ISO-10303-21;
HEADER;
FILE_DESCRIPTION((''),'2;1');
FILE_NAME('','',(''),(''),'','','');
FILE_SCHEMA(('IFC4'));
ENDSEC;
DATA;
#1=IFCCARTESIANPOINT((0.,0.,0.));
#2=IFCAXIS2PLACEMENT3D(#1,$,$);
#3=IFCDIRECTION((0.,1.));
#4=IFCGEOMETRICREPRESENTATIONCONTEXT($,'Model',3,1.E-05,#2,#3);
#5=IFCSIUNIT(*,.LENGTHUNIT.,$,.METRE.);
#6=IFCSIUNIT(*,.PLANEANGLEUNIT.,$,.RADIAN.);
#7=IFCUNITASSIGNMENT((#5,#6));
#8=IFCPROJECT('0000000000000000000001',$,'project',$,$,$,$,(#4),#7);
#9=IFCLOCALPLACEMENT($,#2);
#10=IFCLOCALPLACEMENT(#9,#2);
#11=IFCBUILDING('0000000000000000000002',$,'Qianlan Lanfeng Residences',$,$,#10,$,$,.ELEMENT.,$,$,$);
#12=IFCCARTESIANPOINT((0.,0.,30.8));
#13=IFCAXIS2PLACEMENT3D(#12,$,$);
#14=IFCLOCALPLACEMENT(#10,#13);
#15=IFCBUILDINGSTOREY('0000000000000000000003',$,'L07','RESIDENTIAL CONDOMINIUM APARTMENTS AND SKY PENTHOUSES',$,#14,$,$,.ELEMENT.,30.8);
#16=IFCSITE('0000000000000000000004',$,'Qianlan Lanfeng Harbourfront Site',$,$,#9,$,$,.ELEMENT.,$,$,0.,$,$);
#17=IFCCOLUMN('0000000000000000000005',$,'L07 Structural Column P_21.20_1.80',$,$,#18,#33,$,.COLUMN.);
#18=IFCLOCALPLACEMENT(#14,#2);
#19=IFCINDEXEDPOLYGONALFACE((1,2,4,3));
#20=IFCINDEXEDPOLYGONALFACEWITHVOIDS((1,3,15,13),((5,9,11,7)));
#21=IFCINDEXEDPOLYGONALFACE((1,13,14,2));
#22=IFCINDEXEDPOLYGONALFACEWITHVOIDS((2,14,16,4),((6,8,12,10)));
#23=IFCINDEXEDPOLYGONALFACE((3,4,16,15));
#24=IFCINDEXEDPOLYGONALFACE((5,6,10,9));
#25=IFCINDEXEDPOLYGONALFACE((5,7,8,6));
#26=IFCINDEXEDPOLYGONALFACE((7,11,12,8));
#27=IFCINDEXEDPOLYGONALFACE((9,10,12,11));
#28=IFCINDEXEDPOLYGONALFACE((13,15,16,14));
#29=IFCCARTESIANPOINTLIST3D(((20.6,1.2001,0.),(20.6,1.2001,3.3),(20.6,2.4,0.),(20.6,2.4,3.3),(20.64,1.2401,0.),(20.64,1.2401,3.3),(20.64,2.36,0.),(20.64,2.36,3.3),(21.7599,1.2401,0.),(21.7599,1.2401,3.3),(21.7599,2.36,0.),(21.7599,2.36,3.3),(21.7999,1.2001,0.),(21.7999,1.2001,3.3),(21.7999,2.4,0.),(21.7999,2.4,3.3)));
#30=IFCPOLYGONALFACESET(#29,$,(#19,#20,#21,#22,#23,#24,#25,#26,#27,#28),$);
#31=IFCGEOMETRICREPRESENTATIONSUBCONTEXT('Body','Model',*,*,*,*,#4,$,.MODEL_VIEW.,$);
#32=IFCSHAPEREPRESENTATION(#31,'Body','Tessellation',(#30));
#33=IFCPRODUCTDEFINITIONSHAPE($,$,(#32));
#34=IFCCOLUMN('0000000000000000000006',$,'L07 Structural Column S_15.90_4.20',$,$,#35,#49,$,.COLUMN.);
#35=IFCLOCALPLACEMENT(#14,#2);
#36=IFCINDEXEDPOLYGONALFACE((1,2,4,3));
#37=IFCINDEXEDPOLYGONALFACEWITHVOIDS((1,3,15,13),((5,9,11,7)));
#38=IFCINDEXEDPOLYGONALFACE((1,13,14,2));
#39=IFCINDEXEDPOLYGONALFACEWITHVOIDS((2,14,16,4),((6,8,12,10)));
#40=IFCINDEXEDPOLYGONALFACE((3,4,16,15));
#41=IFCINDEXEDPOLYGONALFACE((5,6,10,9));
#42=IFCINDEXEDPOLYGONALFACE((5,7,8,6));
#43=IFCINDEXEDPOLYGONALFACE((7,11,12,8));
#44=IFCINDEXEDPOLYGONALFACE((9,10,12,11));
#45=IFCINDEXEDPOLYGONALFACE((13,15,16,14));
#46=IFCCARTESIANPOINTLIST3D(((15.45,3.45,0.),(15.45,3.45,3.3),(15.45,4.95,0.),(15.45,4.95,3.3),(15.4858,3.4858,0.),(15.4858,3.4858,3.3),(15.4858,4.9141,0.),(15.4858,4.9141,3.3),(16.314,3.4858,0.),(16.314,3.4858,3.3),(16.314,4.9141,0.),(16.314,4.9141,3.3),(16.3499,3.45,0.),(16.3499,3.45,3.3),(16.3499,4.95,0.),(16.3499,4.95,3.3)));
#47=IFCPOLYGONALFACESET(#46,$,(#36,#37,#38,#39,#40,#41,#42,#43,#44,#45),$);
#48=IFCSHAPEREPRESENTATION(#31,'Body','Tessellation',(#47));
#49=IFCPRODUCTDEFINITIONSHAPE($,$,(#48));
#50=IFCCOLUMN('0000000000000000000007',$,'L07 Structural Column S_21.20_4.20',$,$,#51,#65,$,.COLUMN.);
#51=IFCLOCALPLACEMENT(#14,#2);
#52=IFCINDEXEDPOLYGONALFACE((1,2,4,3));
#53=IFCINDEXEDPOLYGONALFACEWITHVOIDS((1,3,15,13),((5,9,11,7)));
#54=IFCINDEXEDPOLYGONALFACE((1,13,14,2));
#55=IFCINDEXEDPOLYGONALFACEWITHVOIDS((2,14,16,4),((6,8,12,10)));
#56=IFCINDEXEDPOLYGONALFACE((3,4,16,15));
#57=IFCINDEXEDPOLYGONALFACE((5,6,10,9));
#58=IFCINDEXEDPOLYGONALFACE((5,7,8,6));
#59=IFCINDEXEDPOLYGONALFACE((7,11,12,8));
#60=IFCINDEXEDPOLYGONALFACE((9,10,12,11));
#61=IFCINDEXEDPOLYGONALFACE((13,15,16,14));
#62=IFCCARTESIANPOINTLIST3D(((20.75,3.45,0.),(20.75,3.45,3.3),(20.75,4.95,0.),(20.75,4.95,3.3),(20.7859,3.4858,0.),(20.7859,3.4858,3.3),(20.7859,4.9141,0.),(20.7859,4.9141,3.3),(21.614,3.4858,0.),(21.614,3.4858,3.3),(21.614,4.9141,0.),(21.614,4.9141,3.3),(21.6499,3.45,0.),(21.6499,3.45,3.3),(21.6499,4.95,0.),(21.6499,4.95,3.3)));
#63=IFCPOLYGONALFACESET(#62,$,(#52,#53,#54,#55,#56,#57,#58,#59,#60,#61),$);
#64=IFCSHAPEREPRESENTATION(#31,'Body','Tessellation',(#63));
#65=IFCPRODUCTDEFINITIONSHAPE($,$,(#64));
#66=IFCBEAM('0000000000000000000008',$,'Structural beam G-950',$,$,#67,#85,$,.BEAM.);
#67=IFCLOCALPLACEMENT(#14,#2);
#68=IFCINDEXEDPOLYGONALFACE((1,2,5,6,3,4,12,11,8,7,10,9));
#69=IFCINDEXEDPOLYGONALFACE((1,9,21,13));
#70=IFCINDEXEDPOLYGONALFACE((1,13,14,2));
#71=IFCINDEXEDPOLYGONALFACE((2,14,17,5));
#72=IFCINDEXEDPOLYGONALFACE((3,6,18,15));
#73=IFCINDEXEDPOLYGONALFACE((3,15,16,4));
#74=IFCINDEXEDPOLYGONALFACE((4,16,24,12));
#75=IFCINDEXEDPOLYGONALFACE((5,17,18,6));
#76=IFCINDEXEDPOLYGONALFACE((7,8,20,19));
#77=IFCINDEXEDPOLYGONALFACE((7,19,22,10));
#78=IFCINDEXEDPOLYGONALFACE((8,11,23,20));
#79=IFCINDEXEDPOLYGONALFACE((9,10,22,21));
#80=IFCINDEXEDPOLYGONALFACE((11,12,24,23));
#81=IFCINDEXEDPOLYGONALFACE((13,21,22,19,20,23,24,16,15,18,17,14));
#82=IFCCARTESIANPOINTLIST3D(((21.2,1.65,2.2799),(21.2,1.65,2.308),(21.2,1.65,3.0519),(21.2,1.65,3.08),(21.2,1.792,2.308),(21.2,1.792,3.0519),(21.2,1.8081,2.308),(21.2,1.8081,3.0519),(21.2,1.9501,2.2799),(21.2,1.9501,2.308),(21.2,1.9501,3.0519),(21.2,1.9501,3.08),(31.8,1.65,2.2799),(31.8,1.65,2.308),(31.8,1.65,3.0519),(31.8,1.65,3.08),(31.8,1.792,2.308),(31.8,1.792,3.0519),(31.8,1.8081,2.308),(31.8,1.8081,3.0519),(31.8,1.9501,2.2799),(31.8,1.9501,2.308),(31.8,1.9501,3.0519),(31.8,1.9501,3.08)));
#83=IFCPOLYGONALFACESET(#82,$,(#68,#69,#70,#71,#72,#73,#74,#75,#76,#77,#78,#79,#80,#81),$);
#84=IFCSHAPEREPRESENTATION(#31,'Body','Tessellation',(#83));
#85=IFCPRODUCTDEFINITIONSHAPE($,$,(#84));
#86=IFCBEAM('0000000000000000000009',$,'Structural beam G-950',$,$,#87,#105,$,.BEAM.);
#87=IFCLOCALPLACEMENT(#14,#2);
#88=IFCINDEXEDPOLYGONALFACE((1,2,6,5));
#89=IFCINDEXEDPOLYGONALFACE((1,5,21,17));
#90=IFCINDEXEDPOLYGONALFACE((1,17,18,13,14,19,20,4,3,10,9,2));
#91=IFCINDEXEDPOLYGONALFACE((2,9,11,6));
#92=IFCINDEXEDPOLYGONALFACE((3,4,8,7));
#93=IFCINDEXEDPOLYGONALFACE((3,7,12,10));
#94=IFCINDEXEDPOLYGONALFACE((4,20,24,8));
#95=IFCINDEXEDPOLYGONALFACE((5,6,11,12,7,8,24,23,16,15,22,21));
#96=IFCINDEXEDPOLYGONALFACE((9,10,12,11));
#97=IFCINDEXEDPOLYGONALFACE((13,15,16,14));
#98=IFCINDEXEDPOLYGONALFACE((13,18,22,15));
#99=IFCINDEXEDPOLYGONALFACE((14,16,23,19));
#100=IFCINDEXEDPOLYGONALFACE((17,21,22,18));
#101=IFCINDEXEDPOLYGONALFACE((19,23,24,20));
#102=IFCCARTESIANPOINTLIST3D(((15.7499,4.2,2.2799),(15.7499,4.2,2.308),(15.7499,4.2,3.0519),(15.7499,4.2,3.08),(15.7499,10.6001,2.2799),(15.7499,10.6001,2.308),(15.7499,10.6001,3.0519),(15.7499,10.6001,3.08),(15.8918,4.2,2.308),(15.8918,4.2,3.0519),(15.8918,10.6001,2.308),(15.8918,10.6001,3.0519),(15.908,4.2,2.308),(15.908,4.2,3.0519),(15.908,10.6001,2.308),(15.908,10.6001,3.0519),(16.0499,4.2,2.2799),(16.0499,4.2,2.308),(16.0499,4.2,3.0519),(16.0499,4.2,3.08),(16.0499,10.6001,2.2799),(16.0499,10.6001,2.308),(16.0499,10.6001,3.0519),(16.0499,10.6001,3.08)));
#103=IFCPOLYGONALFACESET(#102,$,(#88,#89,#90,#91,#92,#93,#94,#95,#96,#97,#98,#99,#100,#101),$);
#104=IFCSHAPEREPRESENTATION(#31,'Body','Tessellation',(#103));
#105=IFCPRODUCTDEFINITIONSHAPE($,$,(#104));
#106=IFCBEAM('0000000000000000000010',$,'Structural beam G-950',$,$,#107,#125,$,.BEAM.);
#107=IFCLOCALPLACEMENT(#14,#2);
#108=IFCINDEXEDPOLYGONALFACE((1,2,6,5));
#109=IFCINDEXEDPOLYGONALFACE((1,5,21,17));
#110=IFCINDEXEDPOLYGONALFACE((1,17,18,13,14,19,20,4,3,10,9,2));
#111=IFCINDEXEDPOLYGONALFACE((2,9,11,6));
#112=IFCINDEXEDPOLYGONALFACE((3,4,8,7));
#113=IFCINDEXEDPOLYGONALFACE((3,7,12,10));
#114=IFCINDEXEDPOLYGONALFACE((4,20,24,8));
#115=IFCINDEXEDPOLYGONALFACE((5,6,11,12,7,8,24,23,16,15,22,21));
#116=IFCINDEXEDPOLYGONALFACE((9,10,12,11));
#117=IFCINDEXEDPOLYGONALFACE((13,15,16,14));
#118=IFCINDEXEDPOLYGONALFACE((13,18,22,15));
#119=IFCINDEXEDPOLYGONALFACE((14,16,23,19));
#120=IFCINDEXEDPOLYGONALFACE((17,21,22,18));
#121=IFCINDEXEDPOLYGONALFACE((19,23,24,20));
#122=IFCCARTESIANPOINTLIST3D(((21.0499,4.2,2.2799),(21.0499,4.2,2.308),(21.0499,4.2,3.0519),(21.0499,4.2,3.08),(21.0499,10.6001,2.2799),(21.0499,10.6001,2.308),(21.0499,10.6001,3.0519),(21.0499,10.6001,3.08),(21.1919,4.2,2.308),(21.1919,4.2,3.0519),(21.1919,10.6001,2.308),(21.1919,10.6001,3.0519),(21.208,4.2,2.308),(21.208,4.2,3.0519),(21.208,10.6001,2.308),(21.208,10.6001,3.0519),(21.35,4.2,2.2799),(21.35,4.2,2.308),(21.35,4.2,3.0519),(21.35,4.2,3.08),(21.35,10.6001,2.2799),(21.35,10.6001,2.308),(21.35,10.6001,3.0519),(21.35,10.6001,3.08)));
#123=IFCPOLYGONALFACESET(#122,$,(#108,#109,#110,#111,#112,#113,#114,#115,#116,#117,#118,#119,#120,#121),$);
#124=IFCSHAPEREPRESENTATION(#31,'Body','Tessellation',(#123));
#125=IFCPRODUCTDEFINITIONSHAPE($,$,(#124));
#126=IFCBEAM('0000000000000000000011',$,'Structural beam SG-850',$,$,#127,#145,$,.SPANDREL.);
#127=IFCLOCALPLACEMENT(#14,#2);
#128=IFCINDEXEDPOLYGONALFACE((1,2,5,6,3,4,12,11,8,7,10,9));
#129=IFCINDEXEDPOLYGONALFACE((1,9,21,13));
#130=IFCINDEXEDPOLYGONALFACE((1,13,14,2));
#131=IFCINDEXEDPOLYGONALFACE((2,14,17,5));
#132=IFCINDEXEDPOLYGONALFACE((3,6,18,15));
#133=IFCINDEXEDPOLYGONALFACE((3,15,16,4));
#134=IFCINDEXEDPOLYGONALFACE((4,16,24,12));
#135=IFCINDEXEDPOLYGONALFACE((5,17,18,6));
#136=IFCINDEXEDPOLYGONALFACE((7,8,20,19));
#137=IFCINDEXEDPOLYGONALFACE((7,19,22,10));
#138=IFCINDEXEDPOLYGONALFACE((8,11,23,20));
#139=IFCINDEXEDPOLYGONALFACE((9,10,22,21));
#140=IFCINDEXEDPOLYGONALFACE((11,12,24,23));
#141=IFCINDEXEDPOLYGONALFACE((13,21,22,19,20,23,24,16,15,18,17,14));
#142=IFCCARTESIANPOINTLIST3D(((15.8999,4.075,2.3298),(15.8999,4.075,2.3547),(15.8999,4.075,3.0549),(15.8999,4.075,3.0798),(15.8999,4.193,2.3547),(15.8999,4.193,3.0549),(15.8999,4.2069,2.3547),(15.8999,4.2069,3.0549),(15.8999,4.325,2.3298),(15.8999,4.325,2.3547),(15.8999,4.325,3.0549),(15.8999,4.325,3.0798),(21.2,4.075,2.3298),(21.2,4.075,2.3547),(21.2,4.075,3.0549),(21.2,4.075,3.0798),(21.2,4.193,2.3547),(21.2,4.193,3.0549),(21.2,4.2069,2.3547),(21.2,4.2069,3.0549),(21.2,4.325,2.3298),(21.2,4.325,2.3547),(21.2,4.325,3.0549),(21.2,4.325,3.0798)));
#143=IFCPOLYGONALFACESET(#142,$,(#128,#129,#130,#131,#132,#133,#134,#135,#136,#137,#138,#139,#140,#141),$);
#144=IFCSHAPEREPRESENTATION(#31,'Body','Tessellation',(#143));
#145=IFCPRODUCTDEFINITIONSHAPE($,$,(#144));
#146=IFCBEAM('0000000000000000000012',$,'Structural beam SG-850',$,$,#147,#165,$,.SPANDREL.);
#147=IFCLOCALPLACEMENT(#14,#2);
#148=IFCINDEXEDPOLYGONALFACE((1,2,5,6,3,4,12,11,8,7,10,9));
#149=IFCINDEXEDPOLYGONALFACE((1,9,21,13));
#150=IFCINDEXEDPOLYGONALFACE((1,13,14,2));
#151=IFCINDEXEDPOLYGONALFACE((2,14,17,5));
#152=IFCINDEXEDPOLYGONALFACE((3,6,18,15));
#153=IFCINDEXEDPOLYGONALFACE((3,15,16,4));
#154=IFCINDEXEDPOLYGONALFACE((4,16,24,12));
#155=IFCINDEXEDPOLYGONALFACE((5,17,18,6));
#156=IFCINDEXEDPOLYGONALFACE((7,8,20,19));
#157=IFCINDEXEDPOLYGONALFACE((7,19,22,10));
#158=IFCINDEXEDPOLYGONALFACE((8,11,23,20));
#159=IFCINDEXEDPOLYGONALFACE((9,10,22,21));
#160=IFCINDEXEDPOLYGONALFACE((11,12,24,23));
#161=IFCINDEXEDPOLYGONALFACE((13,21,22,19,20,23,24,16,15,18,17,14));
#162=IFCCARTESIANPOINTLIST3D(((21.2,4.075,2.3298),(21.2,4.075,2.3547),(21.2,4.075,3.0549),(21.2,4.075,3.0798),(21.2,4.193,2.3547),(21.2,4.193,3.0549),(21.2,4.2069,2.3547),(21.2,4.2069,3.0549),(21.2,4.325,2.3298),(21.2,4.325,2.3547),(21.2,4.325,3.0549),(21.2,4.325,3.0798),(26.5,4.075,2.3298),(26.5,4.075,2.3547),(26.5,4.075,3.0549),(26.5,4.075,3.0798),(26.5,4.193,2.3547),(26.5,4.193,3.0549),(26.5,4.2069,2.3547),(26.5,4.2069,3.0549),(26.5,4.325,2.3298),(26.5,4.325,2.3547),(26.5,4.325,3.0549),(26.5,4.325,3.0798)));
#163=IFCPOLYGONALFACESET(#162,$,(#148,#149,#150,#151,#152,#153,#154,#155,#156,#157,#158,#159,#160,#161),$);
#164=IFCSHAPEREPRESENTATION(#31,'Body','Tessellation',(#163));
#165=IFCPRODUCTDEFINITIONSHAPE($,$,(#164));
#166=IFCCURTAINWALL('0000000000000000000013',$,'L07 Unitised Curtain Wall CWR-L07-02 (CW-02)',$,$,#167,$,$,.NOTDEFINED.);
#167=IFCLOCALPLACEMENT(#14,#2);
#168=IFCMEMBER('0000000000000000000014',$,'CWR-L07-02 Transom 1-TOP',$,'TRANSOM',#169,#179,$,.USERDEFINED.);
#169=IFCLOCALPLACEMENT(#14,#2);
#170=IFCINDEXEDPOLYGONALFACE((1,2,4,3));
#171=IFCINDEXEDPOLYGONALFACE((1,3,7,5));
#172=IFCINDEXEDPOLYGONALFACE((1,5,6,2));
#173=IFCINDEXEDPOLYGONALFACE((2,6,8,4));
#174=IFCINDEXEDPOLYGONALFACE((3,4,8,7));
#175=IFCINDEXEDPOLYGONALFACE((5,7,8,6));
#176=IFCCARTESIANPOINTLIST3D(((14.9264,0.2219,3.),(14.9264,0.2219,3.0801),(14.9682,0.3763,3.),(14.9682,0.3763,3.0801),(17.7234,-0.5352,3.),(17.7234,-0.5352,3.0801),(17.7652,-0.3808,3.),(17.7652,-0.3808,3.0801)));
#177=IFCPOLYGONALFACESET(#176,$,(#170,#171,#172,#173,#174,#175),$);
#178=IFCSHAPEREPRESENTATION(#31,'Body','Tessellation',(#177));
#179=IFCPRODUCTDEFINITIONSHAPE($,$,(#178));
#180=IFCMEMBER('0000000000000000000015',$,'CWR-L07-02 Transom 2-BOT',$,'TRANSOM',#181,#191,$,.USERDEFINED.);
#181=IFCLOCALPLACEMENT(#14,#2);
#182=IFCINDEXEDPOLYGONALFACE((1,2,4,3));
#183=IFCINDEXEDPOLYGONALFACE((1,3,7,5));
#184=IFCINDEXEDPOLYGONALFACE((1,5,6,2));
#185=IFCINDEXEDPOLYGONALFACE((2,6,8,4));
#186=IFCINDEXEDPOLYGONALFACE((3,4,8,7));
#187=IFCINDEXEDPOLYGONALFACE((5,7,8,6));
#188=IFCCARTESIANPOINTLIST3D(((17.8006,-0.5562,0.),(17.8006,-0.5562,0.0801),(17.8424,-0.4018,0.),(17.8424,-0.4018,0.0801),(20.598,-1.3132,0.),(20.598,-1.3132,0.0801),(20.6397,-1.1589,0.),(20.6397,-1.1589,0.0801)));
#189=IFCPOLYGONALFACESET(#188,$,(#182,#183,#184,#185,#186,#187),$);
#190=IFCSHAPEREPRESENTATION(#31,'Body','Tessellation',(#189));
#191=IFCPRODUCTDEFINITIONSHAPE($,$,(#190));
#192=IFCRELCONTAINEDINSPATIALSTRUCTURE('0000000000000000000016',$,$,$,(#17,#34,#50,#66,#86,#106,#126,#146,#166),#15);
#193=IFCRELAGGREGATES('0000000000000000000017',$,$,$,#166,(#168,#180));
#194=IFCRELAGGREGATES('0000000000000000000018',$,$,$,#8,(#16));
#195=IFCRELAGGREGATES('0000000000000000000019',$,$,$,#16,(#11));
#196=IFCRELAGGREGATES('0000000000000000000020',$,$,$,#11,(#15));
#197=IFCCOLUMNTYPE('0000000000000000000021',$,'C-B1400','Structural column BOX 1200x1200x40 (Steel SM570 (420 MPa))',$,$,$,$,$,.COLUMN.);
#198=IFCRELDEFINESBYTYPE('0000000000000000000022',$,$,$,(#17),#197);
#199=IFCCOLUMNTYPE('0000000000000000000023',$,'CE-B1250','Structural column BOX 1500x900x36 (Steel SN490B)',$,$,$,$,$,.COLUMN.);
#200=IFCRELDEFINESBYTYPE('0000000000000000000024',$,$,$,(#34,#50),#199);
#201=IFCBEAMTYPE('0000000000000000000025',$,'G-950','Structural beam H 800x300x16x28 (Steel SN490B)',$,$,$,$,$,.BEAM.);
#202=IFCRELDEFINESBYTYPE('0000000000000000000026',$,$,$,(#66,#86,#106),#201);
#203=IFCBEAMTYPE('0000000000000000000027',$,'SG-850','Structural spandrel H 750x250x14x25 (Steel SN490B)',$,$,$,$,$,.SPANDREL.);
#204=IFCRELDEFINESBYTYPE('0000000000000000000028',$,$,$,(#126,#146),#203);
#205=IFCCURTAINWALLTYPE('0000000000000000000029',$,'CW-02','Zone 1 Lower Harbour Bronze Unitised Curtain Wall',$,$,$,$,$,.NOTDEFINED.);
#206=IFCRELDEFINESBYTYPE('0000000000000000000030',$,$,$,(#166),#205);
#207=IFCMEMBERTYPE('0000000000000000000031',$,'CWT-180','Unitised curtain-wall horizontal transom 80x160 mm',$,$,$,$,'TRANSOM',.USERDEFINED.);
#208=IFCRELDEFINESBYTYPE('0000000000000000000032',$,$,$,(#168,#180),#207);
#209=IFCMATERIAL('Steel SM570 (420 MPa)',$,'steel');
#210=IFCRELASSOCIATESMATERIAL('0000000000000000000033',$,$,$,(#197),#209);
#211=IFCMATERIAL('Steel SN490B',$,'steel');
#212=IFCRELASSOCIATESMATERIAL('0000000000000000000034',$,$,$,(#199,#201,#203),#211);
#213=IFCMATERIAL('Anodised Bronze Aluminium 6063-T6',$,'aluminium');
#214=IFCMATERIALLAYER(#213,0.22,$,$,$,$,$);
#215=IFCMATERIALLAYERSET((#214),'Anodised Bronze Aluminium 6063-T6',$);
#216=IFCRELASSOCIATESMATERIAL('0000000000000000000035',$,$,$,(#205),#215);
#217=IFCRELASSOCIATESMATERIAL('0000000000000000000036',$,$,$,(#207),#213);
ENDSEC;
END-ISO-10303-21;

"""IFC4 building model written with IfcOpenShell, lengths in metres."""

from ifc_helpers import new_model, si_unit, direction, frame, origin, origin_2d, place, context, subcontext, project, spatial, rectangle, hollow_rectangle, i_section, extrude, source, transform, mapped, material, layer, layer_set, material_profile, profile_set, type_object, element, aggregate, save


model = new_model("IFC4")

# Units and contexts
model_context = context("Model", 3, precision=1e-05, world=origin(), true_north=direction((0.0, 1.0)))
body_context = subcontext(model_context, "Body", "Model", "MODEL_VIEW")
ifc_project = project(units=[si_unit("LENGTHUNIT", "METRE"), si_unit("PLANEANGLEUNIT", "RADIAN")], contexts=[model_context])

# Site, building, storey
site_placement = place(None, origin())
site = spatial("IfcSite", under=ifc_project, at=site_placement, Name="Qianlan Lanfeng Harbourfront Site", CompositionType="ELEMENT", RefElevation=0.0)
building_placement = place(site_placement, origin())
building = spatial("IfcBuilding", under=site, at=building_placement, Name="Qianlan Lanfeng Residences", CompositionType="ELEMENT")
storey_placement = place(building_placement, frame((0.0, 0.0, 30.8)))
storey = spatial("IfcBuildingStorey", under=building, at=storey_placement, Name="L07", Description="RESIDENTIAL CONDOMINIUM APARTMENTS AND SKY PENTHOUSES", CompositionType="ELEMENT", Elevation=30.8)

# Columns
ifc_material_1 = material(Name="Steel SM570 (420 MPa)", Category="steel")
ifc_material_profile_1 = material_profile(ifc_material_1, hollow_rectangle(XDim=1.2, YDim=1.2, WallThickness=0.04, at=origin_2d()), Name="BOX 1200x1200x40")
ifc_profile_set_1 = profile_set([ifc_material_profile_1], Name="Steel SM570 (420 MPa)")
column_type_1 = type_object("IfcColumnType", Name="C-B1400", Description="Structural column BOX 1200x1200x40 (Steel SM570 (420 MPa))", PredefinedType="COLUMN", material=ifc_profile_set_1)
column_placement = place(storey_placement, frame((21.2, 1.8, 0.0), z_axis=(0.0, 0.0, 1.0), x_axis=(1.0, 0.0, 0.0)))
element("IfcColumn", 1, at=column_placement, inside=storey, type_object=column_type_1, Name="L07 Structural Column P_21.20_1.80", PredefinedType="COLUMN", context=body_context, shape_type="SweptSolid", body=[
    extrude(hollow_rectangle(XDim=1.2, YDim=1.2, WallThickness=0.04, at=origin_2d()), origin(), (0.0, 0.0, 1.0), 3.3),
])
ifc_material_2 = material(Name="Steel SN490B", Category="steel")
ifc_material_profile_2 = material_profile(ifc_material_2, hollow_rectangle(XDim=0.8999, YDim=1.5, WallThickness=0.0359, at=origin_2d()), Name="BOX 1500x900x36")
ifc_profile_set_2 = profile_set([ifc_material_profile_2], Name="Steel SN490B")
column_type_2 = type_object("IfcColumnType", Name="CE-B1250", Description="Structural column BOX 1500x900x36 (Steel SN490B)", PredefinedType="COLUMN", material=ifc_profile_set_2)
for number, where, z_axis, x_axis, name in (
    (2, (15.8999, 4.2, 0.0), (0.0, 0.0, 1.0), (1.0, 0.0, 0.0), "L07 Structural Column S_15.90_4.20"),
    (3, (21.2, 4.2, 0.0), (0.0, 0.0, 1.0), (1.0, 0.0, 0.0), "L07 Structural Column S_21.20_4.20"),
):
    element("IfcColumn", number, at=place(storey_placement, frame(where, z_axis=z_axis, x_axis=x_axis)), inside=storey, type_object=column_type_2, Name=name, PredefinedType="COLUMN", context=body_context, shape_type="SweptSolid", body=[
        extrude(hollow_rectangle(XDim=0.8999, YDim=1.5, WallThickness=0.0359, at=origin_2d()), origin(), (0.0, 0.0, 1.0), 3.3),
    ])

# Beams
ifc_material_profile_3 = material_profile(ifc_material_2, i_section(OverallWidth=0.3, OverallDepth=0.8, WebThickness=0.0161, FlangeThickness=0.0281, at=origin_2d()), Name="H 800x300x16x28")
ifc_profile_set_3 = profile_set([ifc_material_profile_3], Name="Steel SN490B")
beam_type_1 = type_object("IfcBeamType", Name="G-950", Description="Structural beam H 800x300x16x28 (Steel SN490B)", PredefinedType="BEAM", material=ifc_profile_set_3)
beam_placement = place(storey_placement, frame((21.2, 1.8, 2.6799), z_axis=(1.0, 0.0, 0.0), x_axis=(0.0, 1.0, 0.0)))
element("IfcBeam", 4, at=beam_placement, inside=storey, type_object=beam_type_1, Name="Structural beam G-950", PredefinedType="BEAM", context=body_context, shape_type="SweptSolid", body=[
    extrude(i_section(OverallWidth=0.3, OverallDepth=0.8, WebThickness=0.0161, FlangeThickness=0.0281, at=origin_2d()), origin(), (0.0, 0.0, 1.0), 10.6001),
])
for number, where, z_axis, x_axis, name in (
    (5, (15.8999, 4.2, 2.6799), (0.0, 1.0, 0.0), (-1.0, 0.0, 0.0), "Structural beam G-950"),
    (6, (21.2, 4.2, 2.6799), (0.0, 1.0, 0.0), (-1.0, 0.0, 0.0), "Structural beam G-950"),
):
    element("IfcBeam", number, at=place(storey_placement, frame(where, z_axis=z_axis, x_axis=x_axis)), inside=storey, type_object=beam_type_1, Name=name, PredefinedType="BEAM", context=body_context, shape_type="SweptSolid", body=[
        extrude(i_section(OverallWidth=0.3, OverallDepth=0.8, WebThickness=0.0161, FlangeThickness=0.0281, at=origin_2d()), origin(), (0.0, 0.0, 1.0), 6.4001),
    ])
ifc_material_profile_4 = material_profile(ifc_material_2, i_section(OverallWidth=0.25, OverallDepth=0.75, WebThickness=0.0139, FlangeThickness=0.0249, at=origin_2d()), Name="H 750x250x14x25")
ifc_profile_set_4 = profile_set([ifc_material_profile_4], Name="Steel SN490B")
beam_type_2 = type_object("IfcBeamType", Name="SG-850", Description="Structural spandrel H 750x250x14x25 (Steel SN490B)", PredefinedType="SPANDREL", material=ifc_profile_set_4)
for number, where, z_axis, x_axis, name in (
    (7, (15.8999, 4.2, 2.7048), (1.0, 0.0, 0.0), (0.0, 1.0, 0.0), "Structural beam SG-850"),
    (8, (21.2, 4.2, 2.7048), (1.0, 0.0, 0.0), (0.0, 1.0, 0.0), "Structural beam SG-850"),
):
    element("IfcBeam", number, at=place(storey_placement, frame(where, z_axis=z_axis, x_axis=x_axis)), inside=storey, type_object=beam_type_2, Name=name, PredefinedType="SPANDREL", context=body_context, shape_type="SweptSolid", body=[
        extrude(i_section(OverallWidth=0.25, OverallDepth=0.75, WebThickness=0.0139, FlangeThickness=0.0249, at=origin_2d()), origin(), (0.0, 0.0, 1.0), 5.3),
    ])

# Curtain wall, members
ifc_material_3 = material(Name="Anodised Bronze Aluminium 6063-T6", Category="aluminium")
ifc_layer_1 = layer(ifc_material_3, 0.22)
ifc_layer_set_1 = layer_set([ifc_layer_1], Name="Anodised Bronze Aluminium 6063-T6")
curtain_wall_type = type_object("IfcCurtainWallType", Name="CW-02", Description="Zone 1 Lower Harbour Bronze Unitised Curtain Wall", PredefinedType="NOTDEFINED", material=ifc_layer_set_1)
curtain_wall_placement = place(storey_placement, origin())
curtain_wall = element("IfcCurtainWall", 9, at=curtain_wall_placement, inside=storey, type_object=curtain_wall_type, Name="L07 Unitised Curtain Wall CWR-L07-02 (CW-02)", PredefinedType="NOTDEFINED")
ifc_material_profile_5 = material_profile(ifc_material_3, rectangle(XDim=0.0801, YDim=0.1599, at=origin_2d()), Name="ALU TRANSOM 80x160")
ifc_profile_set_5 = profile_set([ifc_material_profile_5], Name="Anodised Bronze Aluminium 6063-T6")
member_type_1 = type_object("IfcMemberType", Name="CWT-180", Description="Unitised curtain-wall horizontal transom 80x160 mm", ElementType="TRANSOM", PredefinedType="USERDEFINED", material=ifc_profile_set_5)
shared_shape_1 = source(origin(), body_context, "Body", "SweptSolid", [
    extrude(rectangle(XDim=0.0801, YDim=0.1599, at=origin_2d()), origin(), (0.0, 0.0, 1.0), 2.8977),
])
member_1_placement = place(storey_placement, frame((14.9473, 0.2991, 3.04), z_axis=(0.965268, -0.261263, 0.0), x_axis=(0.0, 0.0, 1.0)))
member_1 = element("IfcMember", 10, at=member_1_placement, type_object=member_type_1, Name="CWR-L07-02 Transom 1-TOP", ObjectType="TRANSOM", PredefinedType="USERDEFINED", context=body_context, shape_type="MappedRepresentation", body=[
    mapped(shared_shape_1, transform((0.0, 0.0, 0.0), scale=1.0)),
])
shared_shape_2 = source(origin(), body_context, "Body", "SweptSolid", [
    extrude(rectangle(XDim=0.0801, YDim=0.1599, at=origin_2d()), origin(), (0.0, 0.0, 1.0), 2.8979),
])
member_2_placement = place(storey_placement, frame((17.8215, -0.479, 0.04), z_axis=(0.965273, -0.261242, 0.0), x_axis=(0.0, 0.0, 1.0)))
member_2 = element("IfcMember", 11, at=member_2_placement, type_object=member_type_1, Name="CWR-L07-02 Transom 2-BOT", ObjectType="TRANSOM", PredefinedType="USERDEFINED", context=body_context, shape_type="MappedRepresentation", body=[
    mapped(shared_shape_2, transform((0.0, 0.0, 0.0), scale=1.0)),
])
aggregate(curtain_wall, [member_1, member_2])

save(model, "model.ifc")
